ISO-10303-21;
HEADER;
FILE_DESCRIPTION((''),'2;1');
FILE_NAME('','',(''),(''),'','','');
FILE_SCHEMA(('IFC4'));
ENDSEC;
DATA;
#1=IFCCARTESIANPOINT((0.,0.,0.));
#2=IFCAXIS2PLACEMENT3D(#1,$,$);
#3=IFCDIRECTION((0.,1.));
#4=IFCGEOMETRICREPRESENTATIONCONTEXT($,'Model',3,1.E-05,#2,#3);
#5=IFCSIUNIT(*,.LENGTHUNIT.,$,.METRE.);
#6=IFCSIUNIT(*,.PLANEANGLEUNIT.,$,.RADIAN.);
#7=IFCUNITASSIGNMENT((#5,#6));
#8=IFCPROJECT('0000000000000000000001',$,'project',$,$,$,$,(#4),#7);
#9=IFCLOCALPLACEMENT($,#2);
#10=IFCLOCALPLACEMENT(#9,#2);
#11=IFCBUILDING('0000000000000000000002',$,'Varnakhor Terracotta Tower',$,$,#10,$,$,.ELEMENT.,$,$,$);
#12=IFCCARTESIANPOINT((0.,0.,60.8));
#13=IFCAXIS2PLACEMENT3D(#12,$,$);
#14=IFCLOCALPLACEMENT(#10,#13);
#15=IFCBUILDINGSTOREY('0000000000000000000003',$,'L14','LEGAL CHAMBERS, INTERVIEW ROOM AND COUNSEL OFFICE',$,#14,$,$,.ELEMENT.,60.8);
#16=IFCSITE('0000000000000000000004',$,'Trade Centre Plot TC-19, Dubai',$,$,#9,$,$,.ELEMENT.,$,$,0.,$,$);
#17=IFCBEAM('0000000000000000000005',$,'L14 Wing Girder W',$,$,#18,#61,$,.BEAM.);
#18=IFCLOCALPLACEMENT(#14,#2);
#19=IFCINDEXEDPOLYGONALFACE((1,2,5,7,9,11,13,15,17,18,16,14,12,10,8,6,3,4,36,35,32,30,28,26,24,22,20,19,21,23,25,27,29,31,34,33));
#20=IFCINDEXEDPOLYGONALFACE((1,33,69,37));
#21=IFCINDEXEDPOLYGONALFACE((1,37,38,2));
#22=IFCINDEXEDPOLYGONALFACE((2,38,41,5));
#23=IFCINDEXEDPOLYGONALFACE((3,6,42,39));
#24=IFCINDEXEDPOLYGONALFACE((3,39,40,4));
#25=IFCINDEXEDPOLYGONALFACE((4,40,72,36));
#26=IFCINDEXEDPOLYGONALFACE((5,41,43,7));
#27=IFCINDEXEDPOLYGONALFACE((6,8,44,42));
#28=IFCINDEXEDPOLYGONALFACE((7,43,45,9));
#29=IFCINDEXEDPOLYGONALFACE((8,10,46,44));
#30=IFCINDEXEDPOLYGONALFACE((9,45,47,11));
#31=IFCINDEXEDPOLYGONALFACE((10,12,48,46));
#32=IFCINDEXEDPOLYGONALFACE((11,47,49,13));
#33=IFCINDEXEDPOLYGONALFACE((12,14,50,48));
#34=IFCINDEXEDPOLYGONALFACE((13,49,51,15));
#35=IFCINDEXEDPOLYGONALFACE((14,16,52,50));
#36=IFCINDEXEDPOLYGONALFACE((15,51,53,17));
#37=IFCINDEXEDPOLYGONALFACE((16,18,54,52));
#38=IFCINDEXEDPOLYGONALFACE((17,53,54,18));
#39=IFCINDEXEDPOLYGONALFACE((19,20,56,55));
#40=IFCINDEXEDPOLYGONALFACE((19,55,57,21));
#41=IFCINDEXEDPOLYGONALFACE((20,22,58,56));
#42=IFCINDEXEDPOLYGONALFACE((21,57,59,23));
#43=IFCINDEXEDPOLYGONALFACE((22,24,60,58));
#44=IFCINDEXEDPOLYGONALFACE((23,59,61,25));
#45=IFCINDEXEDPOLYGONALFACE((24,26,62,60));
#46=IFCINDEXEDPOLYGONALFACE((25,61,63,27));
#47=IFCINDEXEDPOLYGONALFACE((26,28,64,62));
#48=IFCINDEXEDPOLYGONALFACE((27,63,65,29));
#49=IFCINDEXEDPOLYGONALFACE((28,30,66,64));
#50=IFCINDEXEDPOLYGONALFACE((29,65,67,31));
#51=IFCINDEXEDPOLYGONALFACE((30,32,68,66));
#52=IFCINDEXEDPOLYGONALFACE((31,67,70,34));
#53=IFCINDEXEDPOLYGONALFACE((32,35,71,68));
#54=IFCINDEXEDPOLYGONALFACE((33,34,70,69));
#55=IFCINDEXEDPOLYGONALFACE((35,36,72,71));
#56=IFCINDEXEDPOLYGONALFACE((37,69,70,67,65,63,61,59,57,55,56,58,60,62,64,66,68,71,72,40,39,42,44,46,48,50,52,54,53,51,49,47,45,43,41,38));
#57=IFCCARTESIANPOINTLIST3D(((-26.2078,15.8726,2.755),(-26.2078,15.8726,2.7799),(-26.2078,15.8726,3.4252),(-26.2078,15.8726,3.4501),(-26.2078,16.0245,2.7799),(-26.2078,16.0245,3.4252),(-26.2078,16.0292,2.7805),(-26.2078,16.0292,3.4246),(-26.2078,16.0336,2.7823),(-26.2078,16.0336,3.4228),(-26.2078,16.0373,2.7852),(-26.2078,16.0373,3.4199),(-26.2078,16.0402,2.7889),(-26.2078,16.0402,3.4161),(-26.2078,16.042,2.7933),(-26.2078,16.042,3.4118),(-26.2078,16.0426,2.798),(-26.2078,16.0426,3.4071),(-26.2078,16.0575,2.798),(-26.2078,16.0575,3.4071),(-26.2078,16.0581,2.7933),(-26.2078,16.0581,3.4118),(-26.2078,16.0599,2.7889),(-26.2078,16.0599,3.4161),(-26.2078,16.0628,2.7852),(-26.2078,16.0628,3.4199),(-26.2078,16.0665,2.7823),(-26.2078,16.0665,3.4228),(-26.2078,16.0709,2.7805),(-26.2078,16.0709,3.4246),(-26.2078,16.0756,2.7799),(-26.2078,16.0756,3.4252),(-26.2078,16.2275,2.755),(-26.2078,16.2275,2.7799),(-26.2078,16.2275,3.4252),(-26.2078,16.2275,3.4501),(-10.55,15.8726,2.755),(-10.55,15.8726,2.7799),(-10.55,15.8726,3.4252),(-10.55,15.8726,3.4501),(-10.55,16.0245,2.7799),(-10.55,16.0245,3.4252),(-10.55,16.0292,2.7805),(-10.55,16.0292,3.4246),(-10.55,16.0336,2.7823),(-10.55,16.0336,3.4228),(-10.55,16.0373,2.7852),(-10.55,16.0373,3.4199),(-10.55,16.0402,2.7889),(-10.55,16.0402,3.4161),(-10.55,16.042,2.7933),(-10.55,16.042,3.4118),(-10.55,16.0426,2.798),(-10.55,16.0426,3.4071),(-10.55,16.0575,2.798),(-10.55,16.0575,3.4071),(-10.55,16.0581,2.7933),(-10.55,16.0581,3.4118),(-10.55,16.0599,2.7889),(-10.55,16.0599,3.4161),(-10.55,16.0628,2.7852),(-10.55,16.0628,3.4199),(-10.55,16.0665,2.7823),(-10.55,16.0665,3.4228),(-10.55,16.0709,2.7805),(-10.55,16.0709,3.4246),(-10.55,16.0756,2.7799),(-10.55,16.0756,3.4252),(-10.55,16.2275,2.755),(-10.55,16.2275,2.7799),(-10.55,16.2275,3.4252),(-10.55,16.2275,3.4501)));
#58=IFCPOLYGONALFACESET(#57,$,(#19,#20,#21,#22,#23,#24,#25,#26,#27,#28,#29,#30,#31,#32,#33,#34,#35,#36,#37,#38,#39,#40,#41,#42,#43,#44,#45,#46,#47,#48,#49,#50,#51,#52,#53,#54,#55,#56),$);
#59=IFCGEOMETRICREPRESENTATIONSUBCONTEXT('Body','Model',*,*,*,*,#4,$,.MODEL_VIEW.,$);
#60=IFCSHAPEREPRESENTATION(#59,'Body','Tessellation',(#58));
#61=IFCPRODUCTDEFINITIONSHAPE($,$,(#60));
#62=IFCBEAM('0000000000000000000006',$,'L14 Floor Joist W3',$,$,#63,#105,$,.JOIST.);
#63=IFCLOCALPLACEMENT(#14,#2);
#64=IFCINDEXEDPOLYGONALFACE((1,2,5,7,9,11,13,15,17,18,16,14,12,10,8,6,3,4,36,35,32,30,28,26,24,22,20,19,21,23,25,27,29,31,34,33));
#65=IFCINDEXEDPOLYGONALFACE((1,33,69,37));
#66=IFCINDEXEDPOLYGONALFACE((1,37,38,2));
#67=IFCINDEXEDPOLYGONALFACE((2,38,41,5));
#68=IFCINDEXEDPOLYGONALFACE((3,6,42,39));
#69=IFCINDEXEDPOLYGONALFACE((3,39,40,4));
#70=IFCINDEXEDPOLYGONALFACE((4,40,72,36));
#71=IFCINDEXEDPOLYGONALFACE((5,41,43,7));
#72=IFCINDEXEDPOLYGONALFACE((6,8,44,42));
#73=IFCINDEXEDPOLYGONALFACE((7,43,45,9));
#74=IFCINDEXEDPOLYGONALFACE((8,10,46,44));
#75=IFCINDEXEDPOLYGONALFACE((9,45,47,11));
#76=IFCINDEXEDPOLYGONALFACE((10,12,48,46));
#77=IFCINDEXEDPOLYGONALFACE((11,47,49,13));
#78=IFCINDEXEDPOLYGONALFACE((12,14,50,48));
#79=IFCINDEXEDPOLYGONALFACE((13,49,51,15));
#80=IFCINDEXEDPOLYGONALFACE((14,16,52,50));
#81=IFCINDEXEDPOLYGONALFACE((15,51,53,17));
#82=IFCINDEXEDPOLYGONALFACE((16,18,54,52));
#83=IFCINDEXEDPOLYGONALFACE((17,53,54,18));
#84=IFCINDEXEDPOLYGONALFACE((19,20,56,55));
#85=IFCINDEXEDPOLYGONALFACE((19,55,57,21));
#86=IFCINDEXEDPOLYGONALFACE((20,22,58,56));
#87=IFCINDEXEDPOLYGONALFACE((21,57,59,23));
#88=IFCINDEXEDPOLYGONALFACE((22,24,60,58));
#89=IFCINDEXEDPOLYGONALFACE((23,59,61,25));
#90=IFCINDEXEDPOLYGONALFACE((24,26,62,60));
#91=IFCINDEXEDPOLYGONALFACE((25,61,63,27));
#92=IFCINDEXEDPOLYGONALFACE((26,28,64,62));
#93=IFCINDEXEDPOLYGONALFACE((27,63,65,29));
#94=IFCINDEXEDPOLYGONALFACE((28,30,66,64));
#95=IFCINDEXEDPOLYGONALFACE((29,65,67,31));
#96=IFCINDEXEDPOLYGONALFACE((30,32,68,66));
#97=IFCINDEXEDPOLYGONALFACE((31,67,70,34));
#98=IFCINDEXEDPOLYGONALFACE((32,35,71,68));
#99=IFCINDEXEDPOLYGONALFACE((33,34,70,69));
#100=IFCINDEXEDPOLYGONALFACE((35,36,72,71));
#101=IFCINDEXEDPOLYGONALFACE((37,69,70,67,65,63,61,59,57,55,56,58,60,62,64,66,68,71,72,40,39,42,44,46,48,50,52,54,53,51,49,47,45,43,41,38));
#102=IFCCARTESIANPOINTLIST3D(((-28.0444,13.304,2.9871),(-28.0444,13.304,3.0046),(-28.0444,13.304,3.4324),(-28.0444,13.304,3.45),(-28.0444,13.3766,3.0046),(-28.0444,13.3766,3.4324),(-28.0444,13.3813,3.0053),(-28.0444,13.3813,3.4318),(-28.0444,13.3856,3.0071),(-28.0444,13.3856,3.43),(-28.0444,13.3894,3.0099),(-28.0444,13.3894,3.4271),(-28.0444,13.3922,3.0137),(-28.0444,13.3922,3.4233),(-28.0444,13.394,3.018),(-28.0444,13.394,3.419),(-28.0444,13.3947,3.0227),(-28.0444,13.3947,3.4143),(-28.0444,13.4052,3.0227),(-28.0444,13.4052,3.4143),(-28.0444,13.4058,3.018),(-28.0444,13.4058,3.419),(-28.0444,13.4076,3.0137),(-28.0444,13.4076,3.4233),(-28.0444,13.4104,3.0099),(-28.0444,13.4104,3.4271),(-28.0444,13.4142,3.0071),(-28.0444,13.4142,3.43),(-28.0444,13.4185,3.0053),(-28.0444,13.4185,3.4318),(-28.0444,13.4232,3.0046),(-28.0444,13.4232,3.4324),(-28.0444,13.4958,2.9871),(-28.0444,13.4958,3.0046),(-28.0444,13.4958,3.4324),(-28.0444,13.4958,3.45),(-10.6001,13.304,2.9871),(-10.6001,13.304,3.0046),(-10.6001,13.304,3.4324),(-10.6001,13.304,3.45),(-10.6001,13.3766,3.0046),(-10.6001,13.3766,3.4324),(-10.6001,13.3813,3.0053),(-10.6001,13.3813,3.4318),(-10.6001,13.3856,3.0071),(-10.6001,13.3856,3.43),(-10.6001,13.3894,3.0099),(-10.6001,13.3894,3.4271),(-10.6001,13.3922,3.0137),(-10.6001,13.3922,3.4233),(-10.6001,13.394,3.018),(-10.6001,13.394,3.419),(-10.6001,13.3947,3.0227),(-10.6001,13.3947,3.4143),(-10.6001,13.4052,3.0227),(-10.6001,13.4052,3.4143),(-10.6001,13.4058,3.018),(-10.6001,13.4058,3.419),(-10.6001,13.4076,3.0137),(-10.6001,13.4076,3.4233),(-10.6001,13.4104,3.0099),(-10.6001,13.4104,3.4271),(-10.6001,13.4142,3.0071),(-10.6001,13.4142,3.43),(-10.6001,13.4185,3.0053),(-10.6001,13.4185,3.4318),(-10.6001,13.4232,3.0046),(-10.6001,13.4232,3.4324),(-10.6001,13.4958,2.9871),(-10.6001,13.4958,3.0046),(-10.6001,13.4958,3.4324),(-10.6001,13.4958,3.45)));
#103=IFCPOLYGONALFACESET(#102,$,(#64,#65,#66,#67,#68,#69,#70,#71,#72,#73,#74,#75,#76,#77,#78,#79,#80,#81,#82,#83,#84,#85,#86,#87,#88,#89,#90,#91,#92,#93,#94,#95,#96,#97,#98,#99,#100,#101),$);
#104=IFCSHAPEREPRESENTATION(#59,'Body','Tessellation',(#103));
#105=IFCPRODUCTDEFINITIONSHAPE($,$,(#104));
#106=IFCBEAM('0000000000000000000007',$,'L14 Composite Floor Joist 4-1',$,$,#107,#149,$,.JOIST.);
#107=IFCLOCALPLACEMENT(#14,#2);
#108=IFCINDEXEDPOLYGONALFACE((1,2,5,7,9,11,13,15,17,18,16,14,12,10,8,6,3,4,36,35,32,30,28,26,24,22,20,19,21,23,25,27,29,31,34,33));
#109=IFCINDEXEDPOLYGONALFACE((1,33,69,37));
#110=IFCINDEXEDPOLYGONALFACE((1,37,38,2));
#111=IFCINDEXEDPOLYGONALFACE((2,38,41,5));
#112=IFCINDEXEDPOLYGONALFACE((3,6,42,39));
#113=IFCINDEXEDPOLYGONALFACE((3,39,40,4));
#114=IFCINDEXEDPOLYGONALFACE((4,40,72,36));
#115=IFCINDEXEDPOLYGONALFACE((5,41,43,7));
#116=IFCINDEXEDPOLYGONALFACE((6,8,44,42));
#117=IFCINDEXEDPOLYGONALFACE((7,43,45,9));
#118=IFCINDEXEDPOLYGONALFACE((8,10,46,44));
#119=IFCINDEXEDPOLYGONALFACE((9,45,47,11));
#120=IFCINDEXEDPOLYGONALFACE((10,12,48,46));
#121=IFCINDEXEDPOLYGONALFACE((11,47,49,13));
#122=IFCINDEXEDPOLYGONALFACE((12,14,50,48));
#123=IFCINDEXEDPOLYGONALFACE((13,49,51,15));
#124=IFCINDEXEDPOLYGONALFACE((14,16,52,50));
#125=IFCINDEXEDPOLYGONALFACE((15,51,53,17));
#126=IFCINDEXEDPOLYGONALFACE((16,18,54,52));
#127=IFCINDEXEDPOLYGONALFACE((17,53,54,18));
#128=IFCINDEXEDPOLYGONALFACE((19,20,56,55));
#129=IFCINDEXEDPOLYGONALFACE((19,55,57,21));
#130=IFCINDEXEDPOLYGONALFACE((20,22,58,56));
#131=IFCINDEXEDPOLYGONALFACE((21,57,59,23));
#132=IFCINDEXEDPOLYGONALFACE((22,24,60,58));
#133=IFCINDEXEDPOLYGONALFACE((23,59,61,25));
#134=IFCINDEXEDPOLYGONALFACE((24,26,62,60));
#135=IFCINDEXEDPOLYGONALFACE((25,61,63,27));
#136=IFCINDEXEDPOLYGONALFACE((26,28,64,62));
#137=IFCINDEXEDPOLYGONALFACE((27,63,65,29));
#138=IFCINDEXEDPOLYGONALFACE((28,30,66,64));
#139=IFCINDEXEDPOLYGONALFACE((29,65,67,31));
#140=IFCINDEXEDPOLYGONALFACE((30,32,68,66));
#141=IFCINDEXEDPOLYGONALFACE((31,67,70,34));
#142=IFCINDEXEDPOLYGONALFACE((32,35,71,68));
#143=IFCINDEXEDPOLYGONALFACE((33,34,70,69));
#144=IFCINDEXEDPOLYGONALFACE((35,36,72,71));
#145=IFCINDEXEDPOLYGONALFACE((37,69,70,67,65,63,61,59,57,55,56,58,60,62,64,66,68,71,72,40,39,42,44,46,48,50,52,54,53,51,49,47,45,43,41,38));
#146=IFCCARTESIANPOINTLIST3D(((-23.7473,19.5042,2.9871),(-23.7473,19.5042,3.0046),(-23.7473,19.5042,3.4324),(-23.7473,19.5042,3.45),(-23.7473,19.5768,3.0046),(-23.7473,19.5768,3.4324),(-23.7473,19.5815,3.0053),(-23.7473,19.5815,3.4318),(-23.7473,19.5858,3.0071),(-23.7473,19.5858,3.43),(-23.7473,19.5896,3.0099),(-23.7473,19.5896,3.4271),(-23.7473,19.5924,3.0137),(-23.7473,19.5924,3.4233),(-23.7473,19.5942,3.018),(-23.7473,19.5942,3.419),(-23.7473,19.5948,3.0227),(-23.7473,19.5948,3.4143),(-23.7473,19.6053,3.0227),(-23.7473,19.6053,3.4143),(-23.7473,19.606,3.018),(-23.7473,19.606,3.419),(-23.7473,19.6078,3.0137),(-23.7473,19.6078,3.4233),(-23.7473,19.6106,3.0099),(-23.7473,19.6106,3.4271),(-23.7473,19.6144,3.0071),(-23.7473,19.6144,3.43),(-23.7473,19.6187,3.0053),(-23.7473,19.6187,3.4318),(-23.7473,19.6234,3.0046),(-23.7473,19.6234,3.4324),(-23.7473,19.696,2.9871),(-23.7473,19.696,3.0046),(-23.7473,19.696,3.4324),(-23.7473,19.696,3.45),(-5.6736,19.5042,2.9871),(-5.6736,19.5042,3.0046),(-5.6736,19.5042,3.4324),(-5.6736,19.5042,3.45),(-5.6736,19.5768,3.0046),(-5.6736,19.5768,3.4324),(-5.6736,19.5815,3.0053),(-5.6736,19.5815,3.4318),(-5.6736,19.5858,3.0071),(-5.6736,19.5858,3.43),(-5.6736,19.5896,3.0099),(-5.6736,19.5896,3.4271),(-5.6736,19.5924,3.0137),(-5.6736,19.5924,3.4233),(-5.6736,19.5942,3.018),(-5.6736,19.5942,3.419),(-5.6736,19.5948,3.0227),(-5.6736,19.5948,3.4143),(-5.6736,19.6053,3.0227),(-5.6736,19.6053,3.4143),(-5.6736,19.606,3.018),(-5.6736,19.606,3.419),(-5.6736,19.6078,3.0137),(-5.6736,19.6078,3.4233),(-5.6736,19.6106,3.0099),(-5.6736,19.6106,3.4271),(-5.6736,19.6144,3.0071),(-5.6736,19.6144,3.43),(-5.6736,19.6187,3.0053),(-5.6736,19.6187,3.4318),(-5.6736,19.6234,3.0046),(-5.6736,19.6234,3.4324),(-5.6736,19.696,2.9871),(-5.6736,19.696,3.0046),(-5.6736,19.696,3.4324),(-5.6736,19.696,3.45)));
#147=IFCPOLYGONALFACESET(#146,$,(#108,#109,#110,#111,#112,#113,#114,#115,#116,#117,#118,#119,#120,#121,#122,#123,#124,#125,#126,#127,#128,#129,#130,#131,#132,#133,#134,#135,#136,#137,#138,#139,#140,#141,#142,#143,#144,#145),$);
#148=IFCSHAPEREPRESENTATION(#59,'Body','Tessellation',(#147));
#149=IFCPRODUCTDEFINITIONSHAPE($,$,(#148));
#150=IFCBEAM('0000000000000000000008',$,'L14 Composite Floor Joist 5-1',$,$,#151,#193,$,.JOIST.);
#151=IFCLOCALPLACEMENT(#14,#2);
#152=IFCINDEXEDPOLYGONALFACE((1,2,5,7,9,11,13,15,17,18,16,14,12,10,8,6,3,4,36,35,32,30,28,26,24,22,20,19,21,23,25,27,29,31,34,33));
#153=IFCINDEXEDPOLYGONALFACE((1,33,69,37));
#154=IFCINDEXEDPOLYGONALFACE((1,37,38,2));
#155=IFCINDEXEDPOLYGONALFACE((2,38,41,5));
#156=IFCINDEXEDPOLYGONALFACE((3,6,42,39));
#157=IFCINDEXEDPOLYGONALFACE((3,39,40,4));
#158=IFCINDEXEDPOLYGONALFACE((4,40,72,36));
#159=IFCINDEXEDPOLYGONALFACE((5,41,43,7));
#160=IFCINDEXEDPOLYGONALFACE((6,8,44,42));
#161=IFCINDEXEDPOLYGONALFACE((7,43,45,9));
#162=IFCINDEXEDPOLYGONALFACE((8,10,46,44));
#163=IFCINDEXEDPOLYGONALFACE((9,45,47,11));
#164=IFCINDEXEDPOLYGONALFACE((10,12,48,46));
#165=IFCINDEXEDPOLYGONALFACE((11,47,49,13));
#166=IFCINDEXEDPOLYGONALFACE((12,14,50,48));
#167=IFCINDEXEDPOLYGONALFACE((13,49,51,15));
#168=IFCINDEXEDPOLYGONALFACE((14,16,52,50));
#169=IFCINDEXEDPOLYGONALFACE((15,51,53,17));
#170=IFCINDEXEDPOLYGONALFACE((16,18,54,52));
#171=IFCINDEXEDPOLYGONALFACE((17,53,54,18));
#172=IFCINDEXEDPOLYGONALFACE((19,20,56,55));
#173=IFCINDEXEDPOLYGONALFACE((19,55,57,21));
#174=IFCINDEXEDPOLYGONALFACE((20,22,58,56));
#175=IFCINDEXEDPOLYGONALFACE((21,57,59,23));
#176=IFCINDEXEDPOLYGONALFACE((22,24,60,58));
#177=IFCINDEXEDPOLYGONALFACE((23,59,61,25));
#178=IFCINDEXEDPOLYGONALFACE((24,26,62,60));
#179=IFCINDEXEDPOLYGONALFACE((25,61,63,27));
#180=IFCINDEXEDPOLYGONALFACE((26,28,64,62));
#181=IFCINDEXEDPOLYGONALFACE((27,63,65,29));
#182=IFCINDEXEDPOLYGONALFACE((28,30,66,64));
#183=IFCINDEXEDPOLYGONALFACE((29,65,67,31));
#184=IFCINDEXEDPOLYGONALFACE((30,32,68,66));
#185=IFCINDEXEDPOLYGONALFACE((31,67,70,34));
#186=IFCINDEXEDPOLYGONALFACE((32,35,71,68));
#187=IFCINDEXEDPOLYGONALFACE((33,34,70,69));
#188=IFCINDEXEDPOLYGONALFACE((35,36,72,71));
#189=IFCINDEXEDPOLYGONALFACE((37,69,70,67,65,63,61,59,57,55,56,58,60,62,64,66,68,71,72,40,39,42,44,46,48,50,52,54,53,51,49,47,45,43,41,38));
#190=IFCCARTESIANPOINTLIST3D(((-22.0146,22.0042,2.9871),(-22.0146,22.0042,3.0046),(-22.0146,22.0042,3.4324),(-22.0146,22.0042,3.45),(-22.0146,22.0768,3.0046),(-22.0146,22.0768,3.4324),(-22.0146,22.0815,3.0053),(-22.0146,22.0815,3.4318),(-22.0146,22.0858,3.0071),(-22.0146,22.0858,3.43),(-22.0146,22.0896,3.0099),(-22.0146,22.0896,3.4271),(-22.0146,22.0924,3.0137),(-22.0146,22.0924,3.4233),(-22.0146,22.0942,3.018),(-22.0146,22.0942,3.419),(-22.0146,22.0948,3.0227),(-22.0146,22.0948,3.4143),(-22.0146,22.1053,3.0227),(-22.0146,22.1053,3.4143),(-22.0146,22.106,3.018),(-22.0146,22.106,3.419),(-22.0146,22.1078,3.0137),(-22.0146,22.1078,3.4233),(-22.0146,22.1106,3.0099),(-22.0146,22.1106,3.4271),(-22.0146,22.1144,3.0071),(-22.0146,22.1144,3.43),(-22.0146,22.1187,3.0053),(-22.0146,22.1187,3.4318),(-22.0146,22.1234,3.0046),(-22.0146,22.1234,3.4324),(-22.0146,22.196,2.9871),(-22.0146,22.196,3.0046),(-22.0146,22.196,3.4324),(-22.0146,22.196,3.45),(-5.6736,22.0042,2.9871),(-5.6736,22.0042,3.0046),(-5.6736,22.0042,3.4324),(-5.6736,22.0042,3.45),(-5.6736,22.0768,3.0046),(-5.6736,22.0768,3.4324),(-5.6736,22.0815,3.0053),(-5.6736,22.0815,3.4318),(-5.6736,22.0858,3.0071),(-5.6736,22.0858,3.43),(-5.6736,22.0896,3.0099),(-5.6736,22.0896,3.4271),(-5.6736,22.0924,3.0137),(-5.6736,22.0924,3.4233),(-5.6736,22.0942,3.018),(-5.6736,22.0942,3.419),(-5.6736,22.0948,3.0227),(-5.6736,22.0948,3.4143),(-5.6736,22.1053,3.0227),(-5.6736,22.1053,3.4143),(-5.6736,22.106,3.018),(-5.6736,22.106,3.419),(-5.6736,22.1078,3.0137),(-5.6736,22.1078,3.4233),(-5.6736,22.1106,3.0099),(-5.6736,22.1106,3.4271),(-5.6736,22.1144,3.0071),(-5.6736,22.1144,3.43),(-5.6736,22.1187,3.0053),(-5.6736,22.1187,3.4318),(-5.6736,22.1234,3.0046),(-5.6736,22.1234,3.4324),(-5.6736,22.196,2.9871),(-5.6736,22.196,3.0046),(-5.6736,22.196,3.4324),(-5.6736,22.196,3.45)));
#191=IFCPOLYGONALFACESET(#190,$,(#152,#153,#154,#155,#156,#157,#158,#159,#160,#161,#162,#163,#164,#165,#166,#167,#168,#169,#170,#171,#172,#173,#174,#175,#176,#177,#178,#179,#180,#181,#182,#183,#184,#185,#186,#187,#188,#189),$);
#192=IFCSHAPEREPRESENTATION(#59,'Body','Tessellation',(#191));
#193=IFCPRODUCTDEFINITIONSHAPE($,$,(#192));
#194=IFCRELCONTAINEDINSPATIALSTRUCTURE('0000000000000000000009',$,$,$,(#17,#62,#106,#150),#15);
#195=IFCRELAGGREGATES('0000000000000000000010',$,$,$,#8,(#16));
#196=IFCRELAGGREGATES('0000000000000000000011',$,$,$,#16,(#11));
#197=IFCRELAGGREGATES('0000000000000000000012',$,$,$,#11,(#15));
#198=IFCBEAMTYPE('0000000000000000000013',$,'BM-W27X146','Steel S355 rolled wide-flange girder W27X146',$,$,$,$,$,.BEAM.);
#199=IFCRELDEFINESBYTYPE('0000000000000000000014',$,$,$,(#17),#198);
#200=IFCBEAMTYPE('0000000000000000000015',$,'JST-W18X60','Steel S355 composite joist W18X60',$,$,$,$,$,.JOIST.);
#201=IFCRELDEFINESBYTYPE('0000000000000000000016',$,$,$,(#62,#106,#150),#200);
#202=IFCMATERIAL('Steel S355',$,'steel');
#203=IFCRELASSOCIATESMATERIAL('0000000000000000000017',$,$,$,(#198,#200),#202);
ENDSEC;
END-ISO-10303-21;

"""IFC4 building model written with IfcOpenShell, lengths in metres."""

from ifc_helpers import new_model, si_unit, direction, frame, origin, origin_2d, place, context, subcontext, project, spatial, i_section, extrude, source, transform, mapped, material, material_profile, profile_set, type_object, element, save


model = new_model("IFC4")

# Units and contexts
model_context = context("Model", 3, precision=1e-05, world=origin(), true_north=direction((0.0, 1.0)))
body_context = subcontext(model_context, "Body", "Model", "MODEL_VIEW")
ifc_project = project(units=[si_unit("LENGTHUNIT", "METRE"), si_unit("PLANEANGLEUNIT", "RADIAN")], contexts=[model_context])

# Site, building, storey
site_placement = place(None, origin())
site = spatial("IfcSite", under=ifc_project, at=site_placement, Name="Trade Centre Plot TC-19, Dubai", CompositionType="ELEMENT", RefElevation=0.0)
building_placement = place(site_placement, origin())
building = spatial("IfcBuilding", under=site, at=building_placement, Name="Varnakhor Terracotta Tower", CompositionType="ELEMENT")
storey_placement = place(building_placement, frame((0.0, 0.0, 60.8)))
storey = spatial("IfcBuildingStorey", under=building, at=storey_placement, Name="L14", Description="LEGAL CHAMBERS, INTERVIEW ROOM AND COUNSEL OFFICE", CompositionType="ELEMENT", Elevation=60.8)

# Beams
ifc_material_1 = material(Name="Steel S355", Category="steel")
ifc_material_profile_1 = material_profile(ifc_material_1, i_section(OverallWidth=0.355, OverallDepth=0.6951, WebThickness=0.0149, FlangeThickness=0.0249, FilletRadius=0.0181, at=origin_2d()), Name="W27X146")
ifc_profile_set_1 = profile_set([ifc_material_profile_1], Name="Steel S355")
beam_type_1 = type_object("IfcBeamType", Name="BM-W27X146", Description="Steel S355 rolled wide-flange girder W27X146", PredefinedType="BEAM", material=ifc_profile_set_1)
shared_shape_1 = source(origin(), body_context, "Body", "SweptSolid", [
    extrude(i_section(OverallWidth=0.355, OverallDepth=0.6951, WebThickness=0.0149, FlangeThickness=0.0249, FilletRadius=0.0181, at=origin_2d()), origin(), (0.0, 0.0, 1.0), 15.6577),
])
beam_1_placement = place(storey_placement, frame((-26.2078, 16.05, 3.1025), z_axis=(1.0, 0.0, 0.0), x_axis=(0.0, 1.0, 0.0)))
element("IfcBeam", 1, at=beam_1_placement, inside=storey, type_object=beam_type_1, Name="L14 Wing Girder W", PredefinedType="BEAM", context=body_context, shape_type="MappedRepresentation", body=[
    mapped(shared_shape_1, transform((0.0, 0.0, 0.0), scale=1.0)),
])
ifc_material_profile_2 = material_profile(ifc_material_1, i_section(OverallWidth=0.1919, OverallDepth=0.4629, WebThickness=0.0105, FlangeThickness=0.0176, FilletRadius=0.0181, at=origin_2d()), Name="W18X60")
ifc_profile_set_2 = profile_set([ifc_material_profile_2], Name="Steel S355")
beam_type_2 = type_object("IfcBeamType", Name="JST-W18X60", Description="Steel S355 composite joist W18X60", PredefinedType="JOIST", material=ifc_profile_set_2)
shared_shape_2 = source(origin(), body_context, "Body", "SweptSolid", [
    extrude(i_section(OverallWidth=0.1919, OverallDepth=0.4629, WebThickness=0.0105, FlangeThickness=0.0176, FilletRadius=0.0181, at=origin_2d()), origin(), (0.0, 0.0, 1.0), 17.4443),
])
beam_2_placement = place(storey_placement, frame((-28.0444, 13.3999, 3.2185), z_axis=(1.0, 0.0, 0.0), x_axis=(0.0, 1.0, 0.0)))
element("IfcBeam", 2, at=beam_2_placement, inside=storey, type_object=beam_type_2, Name="L14 Floor Joist W3", PredefinedType="JOIST", context=body_context, shape_type="MappedRepresentation", body=[
    mapped(shared_shape_2, transform((0.0, 0.0, 0.0), scale=1.0)),
])
shared_shape_3 = source(origin(), body_context, "Body", "SweptSolid", [
    extrude(i_section(OverallWidth=0.1919, OverallDepth=0.4629, WebThickness=0.0105, FlangeThickness=0.0176, FilletRadius=0.0181, at=origin_2d()), origin(), (0.0, 0.0, 1.0), 18.0737),
])
beam_3_placement = place(storey_placement, frame((-23.7473, 19.6001, 3.2185), z_axis=(1.0, 0.0, 0.0), x_axis=(0.0, 1.0, 0.0)))
element("IfcBeam", 3, at=beam_3_placement, inside=storey, type_object=beam_type_2, Name="L14 Composite Floor Joist 4-1", PredefinedType="JOIST", context=body_context, shape_type="MappedRepresentation", body=[
    mapped(shared_shape_3, transform((0.0, 0.0, 0.0), scale=1.0)),
])
shared_shape_4 = source(origin(), body_context, "Body", "SweptSolid", [
    extrude(i_section(OverallWidth=0.1919, OverallDepth=0.4629, WebThickness=0.0105, FlangeThickness=0.0176, FilletRadius=0.0181, at=origin_2d()), origin(), (0.0, 0.0, 1.0), 16.3411),
])
beam_4_placement = place(storey_placement, frame((-22.0146, 22.1001, 3.2185), z_axis=(1.0, 0.0, 0.0), x_axis=(0.0, 1.0, 0.0)))
element("IfcBeam", 4, at=beam_4_placement, inside=storey, type_object=beam_type_2, Name="L14 Composite Floor Joist 5-1", PredefinedType="JOIST", context=body_context, shape_type="MappedRepresentation", body=[
    mapped(shared_shape_4, transform((0.0, 0.0, 0.0), scale=1.0)),
])

save(model, "model.ifc")
